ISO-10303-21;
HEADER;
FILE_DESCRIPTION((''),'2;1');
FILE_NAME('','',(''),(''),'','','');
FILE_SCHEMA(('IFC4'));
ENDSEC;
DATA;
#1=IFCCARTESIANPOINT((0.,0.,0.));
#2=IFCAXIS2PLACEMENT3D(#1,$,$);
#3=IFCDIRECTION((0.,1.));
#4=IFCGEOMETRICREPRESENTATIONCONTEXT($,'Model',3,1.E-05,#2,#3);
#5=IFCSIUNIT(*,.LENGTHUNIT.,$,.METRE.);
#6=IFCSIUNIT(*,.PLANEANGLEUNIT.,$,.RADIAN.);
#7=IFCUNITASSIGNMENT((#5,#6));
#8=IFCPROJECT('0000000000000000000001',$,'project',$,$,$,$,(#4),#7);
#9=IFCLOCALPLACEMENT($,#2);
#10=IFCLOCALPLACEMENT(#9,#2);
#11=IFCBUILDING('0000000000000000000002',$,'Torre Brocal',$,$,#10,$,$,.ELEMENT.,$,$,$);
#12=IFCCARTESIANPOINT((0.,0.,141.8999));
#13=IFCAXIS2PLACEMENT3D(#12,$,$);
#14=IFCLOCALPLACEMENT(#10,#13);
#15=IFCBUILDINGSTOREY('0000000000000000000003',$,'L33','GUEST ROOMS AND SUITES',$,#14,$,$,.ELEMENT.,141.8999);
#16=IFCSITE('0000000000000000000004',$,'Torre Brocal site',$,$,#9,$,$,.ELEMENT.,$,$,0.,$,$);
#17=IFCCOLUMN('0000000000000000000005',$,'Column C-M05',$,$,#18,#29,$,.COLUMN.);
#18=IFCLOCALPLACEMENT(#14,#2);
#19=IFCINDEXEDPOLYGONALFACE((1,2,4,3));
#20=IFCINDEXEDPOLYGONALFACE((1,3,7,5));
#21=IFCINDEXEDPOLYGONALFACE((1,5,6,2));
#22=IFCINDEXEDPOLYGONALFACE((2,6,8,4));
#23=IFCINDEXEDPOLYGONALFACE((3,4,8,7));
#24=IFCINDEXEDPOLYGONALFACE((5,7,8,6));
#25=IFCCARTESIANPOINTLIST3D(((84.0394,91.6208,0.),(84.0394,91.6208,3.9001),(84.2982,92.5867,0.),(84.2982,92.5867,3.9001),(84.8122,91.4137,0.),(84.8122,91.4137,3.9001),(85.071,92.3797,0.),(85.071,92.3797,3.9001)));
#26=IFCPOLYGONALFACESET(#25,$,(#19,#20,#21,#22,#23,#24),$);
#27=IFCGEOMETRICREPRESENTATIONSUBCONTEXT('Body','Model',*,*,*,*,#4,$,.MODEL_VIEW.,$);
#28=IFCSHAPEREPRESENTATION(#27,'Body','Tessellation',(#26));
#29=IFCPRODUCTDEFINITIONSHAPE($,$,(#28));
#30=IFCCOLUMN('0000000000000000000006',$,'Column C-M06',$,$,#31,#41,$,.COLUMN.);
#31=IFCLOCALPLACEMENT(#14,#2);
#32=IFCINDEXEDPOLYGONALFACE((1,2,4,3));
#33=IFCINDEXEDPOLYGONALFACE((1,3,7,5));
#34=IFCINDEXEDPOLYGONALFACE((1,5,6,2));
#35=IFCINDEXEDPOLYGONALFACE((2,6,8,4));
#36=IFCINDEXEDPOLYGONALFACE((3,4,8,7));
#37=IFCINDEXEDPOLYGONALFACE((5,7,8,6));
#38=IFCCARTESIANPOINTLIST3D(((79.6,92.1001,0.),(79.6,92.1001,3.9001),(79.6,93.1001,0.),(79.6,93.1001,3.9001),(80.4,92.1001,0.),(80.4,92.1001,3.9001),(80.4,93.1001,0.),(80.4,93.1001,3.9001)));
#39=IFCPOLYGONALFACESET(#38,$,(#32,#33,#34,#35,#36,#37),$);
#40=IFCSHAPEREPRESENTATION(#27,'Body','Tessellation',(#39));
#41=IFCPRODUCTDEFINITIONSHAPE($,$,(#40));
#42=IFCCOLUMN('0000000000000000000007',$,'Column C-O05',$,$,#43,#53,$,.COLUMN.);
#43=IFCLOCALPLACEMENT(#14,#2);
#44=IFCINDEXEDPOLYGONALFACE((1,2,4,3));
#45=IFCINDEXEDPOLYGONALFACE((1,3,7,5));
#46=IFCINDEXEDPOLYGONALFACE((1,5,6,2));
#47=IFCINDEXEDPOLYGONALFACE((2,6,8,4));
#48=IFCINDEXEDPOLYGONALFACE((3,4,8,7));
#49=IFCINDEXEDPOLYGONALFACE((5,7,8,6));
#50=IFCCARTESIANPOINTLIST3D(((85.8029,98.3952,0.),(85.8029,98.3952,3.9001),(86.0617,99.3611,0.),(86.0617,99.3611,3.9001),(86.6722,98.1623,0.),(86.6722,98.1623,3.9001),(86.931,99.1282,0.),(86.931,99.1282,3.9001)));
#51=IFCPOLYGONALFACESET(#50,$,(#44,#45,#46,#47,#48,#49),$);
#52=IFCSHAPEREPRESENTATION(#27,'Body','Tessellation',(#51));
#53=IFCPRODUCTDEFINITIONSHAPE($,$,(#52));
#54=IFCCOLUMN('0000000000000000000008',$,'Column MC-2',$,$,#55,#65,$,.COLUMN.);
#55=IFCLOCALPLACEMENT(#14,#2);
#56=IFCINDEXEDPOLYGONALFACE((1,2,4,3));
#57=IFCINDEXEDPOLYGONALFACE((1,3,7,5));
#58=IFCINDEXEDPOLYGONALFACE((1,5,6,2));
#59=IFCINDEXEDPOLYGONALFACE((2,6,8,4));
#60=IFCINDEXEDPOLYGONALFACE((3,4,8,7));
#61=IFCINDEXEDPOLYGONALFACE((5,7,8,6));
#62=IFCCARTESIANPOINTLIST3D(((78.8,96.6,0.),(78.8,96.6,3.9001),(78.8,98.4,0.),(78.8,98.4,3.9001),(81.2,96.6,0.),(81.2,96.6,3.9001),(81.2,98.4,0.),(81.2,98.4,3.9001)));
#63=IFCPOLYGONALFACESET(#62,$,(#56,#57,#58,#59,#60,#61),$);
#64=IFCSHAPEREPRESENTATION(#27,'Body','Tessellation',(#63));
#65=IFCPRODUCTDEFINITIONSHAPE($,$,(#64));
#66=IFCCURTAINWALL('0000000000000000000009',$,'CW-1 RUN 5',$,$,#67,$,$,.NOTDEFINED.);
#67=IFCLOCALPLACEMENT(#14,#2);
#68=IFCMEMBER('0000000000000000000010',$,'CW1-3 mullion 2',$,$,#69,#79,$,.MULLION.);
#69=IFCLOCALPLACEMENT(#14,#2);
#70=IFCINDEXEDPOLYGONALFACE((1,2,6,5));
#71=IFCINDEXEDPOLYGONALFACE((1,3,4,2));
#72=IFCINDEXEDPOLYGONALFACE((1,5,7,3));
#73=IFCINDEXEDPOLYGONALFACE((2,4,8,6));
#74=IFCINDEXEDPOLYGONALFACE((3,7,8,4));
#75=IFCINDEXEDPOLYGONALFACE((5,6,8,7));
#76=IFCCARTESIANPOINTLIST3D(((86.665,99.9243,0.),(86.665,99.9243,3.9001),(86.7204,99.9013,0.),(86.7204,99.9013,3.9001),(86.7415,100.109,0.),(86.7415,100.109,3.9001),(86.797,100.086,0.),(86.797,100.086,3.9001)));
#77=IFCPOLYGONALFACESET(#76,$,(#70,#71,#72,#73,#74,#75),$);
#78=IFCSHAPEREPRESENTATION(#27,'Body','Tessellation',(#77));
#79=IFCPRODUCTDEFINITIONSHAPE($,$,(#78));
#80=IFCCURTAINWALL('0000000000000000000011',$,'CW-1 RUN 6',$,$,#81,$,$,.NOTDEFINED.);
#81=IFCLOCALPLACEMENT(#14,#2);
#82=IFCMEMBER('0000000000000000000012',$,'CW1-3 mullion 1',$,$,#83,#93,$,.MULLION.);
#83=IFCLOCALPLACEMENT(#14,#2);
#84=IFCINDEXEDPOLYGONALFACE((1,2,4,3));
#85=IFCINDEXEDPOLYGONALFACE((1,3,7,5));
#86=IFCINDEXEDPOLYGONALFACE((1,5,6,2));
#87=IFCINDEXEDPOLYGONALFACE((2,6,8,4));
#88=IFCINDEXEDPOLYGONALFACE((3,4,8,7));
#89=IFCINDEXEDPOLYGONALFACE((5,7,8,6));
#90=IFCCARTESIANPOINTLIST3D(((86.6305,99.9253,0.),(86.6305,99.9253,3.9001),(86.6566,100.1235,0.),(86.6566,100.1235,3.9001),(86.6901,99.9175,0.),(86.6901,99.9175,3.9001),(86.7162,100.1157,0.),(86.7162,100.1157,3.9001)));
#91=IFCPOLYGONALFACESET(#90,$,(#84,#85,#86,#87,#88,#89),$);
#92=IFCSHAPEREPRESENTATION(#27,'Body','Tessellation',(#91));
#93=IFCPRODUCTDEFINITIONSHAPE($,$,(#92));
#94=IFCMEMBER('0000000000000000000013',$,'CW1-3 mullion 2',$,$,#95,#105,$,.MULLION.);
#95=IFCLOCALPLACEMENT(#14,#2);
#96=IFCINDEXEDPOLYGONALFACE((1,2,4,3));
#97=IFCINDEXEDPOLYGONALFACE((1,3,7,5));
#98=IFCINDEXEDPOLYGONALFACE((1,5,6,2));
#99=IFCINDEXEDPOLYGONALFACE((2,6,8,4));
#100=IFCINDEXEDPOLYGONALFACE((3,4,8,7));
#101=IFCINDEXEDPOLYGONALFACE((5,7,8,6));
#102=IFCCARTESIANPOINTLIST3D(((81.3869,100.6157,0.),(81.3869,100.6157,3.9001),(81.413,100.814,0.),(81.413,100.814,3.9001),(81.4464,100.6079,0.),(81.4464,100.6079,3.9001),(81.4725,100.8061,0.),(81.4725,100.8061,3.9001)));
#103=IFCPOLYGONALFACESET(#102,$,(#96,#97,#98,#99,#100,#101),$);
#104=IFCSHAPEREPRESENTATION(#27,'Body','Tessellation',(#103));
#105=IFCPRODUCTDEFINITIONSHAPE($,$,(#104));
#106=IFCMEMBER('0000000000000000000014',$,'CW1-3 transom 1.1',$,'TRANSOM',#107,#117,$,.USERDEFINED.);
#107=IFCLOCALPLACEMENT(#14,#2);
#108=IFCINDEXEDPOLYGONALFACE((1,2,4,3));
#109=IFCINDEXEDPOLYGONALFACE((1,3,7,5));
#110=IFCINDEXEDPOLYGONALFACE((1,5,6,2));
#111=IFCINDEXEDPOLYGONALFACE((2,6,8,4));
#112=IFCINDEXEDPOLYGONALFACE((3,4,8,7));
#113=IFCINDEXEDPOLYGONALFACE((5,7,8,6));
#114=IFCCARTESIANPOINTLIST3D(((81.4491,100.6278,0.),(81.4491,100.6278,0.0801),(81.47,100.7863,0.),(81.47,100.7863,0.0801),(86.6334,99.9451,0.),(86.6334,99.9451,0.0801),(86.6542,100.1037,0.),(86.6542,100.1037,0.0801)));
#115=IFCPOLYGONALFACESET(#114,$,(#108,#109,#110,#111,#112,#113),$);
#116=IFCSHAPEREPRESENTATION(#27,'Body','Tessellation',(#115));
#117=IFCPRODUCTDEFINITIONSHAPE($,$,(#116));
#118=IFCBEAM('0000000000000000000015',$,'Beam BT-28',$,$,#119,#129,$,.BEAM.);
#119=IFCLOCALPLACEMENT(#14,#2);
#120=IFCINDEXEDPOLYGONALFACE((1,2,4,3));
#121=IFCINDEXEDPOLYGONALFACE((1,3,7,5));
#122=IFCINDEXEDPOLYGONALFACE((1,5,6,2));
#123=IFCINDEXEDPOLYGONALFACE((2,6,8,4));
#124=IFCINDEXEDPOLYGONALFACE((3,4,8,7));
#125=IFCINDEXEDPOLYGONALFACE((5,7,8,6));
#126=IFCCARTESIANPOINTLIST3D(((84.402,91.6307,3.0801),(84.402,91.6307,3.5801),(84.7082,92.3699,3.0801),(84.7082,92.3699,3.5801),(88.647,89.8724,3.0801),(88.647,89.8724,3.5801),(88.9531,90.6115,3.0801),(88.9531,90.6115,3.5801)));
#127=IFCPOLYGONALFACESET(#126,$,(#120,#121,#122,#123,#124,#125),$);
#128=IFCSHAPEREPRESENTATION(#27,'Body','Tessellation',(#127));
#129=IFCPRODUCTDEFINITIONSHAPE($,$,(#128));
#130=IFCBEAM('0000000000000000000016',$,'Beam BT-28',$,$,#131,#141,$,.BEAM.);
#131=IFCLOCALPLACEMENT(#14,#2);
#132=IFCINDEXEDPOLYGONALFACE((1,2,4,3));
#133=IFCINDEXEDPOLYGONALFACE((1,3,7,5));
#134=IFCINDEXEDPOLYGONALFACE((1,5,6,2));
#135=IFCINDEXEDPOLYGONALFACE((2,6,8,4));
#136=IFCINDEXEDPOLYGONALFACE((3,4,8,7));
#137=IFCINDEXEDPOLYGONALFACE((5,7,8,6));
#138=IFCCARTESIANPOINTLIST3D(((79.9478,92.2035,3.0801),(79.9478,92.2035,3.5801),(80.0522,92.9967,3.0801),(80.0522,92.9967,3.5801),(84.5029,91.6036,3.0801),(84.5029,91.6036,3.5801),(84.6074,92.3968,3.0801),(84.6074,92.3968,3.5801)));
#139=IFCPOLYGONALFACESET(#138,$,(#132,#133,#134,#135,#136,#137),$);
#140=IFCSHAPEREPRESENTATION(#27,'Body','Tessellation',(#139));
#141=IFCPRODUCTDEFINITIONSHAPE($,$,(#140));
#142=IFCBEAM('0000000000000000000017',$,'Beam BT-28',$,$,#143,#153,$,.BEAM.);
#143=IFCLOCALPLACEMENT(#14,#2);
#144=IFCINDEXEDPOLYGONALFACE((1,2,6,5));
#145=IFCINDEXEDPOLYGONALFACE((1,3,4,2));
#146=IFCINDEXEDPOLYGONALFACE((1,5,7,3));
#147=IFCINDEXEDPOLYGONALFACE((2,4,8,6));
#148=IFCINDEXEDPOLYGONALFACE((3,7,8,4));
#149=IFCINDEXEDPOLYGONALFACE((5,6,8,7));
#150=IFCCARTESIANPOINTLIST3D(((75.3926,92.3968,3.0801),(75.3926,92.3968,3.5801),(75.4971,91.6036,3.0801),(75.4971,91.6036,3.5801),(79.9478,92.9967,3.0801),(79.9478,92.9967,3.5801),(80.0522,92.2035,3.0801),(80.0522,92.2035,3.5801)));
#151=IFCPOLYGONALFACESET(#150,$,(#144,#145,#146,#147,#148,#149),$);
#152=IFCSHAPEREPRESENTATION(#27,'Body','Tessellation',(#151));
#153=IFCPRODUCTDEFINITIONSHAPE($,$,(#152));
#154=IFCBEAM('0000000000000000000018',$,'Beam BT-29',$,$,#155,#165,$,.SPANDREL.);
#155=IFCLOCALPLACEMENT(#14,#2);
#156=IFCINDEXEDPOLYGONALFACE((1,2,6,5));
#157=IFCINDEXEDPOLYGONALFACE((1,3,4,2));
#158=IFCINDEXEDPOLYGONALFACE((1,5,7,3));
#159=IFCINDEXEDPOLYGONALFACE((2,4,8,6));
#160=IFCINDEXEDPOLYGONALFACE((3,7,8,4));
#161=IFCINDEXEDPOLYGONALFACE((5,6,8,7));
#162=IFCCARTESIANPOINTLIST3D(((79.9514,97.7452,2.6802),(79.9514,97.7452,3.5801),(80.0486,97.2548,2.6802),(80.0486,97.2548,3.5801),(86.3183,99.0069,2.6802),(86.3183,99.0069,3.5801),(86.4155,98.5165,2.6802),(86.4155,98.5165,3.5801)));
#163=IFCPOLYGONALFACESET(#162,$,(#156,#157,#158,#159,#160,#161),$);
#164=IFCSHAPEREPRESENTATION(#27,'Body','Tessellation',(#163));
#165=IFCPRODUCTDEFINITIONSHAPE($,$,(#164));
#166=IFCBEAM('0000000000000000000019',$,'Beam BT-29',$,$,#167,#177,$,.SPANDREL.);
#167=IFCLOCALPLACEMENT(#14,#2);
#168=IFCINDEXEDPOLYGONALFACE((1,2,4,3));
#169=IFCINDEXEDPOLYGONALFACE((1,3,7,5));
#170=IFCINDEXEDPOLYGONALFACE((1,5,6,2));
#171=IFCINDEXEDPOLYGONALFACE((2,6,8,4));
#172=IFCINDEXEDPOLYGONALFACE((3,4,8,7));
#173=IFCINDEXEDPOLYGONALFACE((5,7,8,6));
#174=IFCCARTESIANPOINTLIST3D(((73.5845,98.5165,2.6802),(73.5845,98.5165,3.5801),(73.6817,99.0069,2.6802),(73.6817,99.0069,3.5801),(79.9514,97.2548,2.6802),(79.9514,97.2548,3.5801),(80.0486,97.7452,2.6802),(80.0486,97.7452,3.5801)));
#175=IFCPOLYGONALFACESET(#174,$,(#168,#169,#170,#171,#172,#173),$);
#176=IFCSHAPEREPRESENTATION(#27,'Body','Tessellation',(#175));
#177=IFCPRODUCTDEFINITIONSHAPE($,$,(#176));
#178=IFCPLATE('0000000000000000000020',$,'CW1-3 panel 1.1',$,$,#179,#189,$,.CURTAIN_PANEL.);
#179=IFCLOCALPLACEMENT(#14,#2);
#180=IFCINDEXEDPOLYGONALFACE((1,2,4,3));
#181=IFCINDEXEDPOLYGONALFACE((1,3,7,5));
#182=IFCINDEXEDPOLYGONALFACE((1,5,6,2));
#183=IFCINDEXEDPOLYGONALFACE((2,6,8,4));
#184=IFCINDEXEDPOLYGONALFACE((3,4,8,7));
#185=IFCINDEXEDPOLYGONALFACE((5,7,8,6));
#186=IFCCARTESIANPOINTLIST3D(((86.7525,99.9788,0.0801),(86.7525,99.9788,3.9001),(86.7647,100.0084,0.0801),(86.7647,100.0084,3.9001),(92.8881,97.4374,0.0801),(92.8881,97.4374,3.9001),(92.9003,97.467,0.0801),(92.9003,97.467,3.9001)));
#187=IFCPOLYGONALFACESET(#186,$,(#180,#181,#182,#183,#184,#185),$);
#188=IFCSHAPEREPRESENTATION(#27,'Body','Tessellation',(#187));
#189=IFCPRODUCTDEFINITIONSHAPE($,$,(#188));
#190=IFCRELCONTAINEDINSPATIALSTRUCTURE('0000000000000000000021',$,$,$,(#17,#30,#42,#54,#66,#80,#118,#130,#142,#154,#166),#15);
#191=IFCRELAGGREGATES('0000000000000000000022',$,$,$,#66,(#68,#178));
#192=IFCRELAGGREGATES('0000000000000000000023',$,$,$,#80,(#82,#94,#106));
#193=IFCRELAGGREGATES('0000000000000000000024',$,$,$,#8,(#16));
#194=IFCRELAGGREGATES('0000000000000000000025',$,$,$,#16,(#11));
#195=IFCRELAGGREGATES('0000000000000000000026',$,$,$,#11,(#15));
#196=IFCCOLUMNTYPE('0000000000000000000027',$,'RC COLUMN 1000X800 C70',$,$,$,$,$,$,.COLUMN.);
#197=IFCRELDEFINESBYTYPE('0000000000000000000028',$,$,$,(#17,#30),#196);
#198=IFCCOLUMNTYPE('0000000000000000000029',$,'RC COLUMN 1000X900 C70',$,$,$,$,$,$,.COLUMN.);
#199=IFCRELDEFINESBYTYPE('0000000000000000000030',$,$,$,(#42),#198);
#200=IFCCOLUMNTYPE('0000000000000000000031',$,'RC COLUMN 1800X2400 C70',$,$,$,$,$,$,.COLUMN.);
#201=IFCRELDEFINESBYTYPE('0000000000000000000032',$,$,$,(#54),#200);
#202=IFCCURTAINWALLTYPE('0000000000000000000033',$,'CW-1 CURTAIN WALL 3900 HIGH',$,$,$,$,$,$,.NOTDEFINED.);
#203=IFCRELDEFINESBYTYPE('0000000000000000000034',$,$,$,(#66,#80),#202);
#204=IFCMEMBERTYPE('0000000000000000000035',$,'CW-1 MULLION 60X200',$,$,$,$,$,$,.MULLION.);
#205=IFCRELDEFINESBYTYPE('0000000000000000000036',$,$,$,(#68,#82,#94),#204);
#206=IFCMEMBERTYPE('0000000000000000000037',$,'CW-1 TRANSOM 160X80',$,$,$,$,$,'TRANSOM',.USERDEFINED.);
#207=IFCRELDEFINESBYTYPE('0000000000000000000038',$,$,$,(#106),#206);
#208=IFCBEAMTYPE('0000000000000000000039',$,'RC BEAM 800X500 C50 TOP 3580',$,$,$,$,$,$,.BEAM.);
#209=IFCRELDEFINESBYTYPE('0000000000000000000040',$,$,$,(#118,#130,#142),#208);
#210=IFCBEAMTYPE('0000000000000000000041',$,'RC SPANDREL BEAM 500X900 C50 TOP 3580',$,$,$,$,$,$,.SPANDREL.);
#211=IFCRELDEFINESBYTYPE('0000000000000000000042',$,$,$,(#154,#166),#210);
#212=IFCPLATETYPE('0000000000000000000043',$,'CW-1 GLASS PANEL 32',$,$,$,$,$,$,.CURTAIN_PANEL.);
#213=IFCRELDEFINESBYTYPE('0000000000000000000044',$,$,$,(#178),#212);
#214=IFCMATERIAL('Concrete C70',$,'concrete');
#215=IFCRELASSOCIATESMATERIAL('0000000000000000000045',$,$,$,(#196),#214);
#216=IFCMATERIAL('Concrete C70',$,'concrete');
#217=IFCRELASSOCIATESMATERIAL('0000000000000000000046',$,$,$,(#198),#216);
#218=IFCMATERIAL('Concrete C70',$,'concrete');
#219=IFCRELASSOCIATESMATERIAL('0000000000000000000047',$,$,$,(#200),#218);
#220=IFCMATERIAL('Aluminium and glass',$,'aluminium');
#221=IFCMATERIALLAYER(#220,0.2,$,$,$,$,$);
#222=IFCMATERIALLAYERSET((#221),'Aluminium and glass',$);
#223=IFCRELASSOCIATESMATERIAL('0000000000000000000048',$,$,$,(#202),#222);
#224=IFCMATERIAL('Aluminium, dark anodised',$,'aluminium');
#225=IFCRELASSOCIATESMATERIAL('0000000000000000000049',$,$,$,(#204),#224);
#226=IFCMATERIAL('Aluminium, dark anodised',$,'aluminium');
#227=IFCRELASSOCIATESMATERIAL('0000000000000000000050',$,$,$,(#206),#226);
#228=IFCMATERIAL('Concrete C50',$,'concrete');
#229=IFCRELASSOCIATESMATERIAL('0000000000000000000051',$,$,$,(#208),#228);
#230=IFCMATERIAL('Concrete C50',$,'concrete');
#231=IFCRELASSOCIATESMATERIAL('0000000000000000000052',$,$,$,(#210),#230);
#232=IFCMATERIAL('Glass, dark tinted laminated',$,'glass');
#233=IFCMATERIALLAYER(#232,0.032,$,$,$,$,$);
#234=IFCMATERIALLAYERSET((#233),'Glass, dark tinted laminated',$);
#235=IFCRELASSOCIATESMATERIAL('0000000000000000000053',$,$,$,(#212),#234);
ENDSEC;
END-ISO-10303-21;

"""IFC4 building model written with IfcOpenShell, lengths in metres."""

from ifc_helpers import new_model, si_unit, direction, frame, origin, origin_2d, place, context, subcontext, project, spatial, rectangle, extrude, material, layer, layer_set, material_profile, profile_set, type_object, element, aggregate, save


model = new_model("IFC4")

# Units and contexts
model_context = context("Model", 3, precision=1e-05, world=origin(), true_north=direction((0.0, 1.0)))
body_context = subcontext(model_context, "Body", "Model", "MODEL_VIEW")
ifc_project = project(units=[si_unit("LENGTHUNIT", "METRE"), si_unit("PLANEANGLEUNIT", "RADIAN")], contexts=[model_context])

# Site, building, storey
site_placement = place(None, origin())
site = spatial("IfcSite", under=ifc_project, at=site_placement, Name="Torre Brocal site", CompositionType="ELEMENT", RefElevation=0.0)
building_placement = place(site_placement, origin())
building = spatial("IfcBuilding", under=site, at=building_placement, Name="Torre Brocal", CompositionType="ELEMENT")
storey_placement = place(building_placement, frame((0.0, 0.0, 141.8999)))
storey = spatial("IfcBuildingStorey", under=building, at=storey_placement, Name="L33", Description="GUEST ROOMS AND SUITES", CompositionType="ELEMENT", Elevation=141.8999)

# Columns
ifc_material_1 = material(Name="Concrete C70", Category="concrete")
ifc_material_profile_1 = material_profile(ifc_material_1, rectangle(XDim=1.0, YDim=0.8, at=origin_2d()), Name="RC 1000X800")
ifc_profile_set_1 = profile_set([ifc_material_profile_1], Name="Concrete C70")
column_type_1 = type_object("IfcColumnType", Name="RC COLUMN 1000X800 C70", PredefinedType="COLUMN", material=ifc_profile_set_1)
for number, where, z_axis, x_axis, name in (
    (1, (84.5552, 92.0002, 0.0), (0.0, 0.0, 1.0), (0.258819, 0.965926, 0.0), "Column C-M05"),
    (2, (80.0, 92.6001, 0.0), (0.0, 0.0, 1.0), (0.0, 1.0, 0.0), "Column C-M06"),
):
    element("IfcColumn", number, at=place(storey_placement, frame(where, z_axis=z_axis, x_axis=x_axis)), inside=storey, type_object=column_type_1, Name=name, PredefinedType="COLUMN", context=body_context, shape_type="SweptSolid", body=[
        extrude(rectangle(XDim=1.0, YDim=0.8, at=origin_2d()), origin(), (0.0, 0.0, 1.0), 3.9001),
    ])
ifc_material_2 = material(Name="Concrete C70", Category="concrete")
ifc_material_profile_2 = material_profile(ifc_material_2, rectangle(XDim=1.0, YDim=0.8999, at=origin_2d()), Name="RC 1000X900")
ifc_profile_set_2 = profile_set([ifc_material_profile_2], Name="Concrete C70")
column_type_2 = type_object("IfcColumnType", Name="RC COLUMN 1000X900 C70", PredefinedType="COLUMN", material=ifc_profile_set_2)
column_1_placement = place(storey_placement, frame((86.3669, 98.7617, 0.0), z_axis=(0.0, 0.0, 1.0), x_axis=(0.258819, 0.965926, 0.0)))
element("IfcColumn", 3, at=column_1_placement, inside=storey, type_object=column_type_2, Name="Column C-O05", PredefinedType="COLUMN", context=body_context, shape_type="SweptSolid", body=[
    extrude(rectangle(XDim=1.0, YDim=0.8999, at=origin_2d()), origin(), (0.0, 0.0, 1.0), 3.9001),
])
ifc_material_3 = material(Name="Concrete C70", Category="concrete")
ifc_material_profile_3 = material_profile(ifc_material_3, rectangle(XDim=1.8, YDim=2.3999, at=origin_2d()), Name="RC 1800X2400")
ifc_profile_set_3 = profile_set([ifc_material_profile_3], Name="Concrete C70")
column_type_3 = type_object("IfcColumnType", Name="RC COLUMN 1800X2400 C70", PredefinedType="COLUMN", material=ifc_profile_set_3)
column_2_placement = place(storey_placement, frame((80.0, 97.5, 0.0), z_axis=(0.0, 0.0, 1.0), x_axis=(0.0, 1.0, 0.0)))
element("IfcColumn", 4, at=column_2_placement, inside=storey, type_object=column_type_3, Name="Column MC-2", PredefinedType="COLUMN", context=body_context, shape_type="SweptSolid", body=[
    extrude(rectangle(XDim=1.8, YDim=2.3999, at=origin_2d()), origin(), (0.0, 0.0, 1.0), 3.9001),
])

# Curtain wall, member
ifc_material_4 = material(Name="Aluminium and glass", Category="aluminium")
ifc_layer_1 = layer(ifc_material_4, 0.2)
ifc_layer_set_1 = layer_set([ifc_layer_1], Name="Aluminium and glass")
curtain_wall_type = type_object("IfcCurtainWallType", Name="CW-1 CURTAIN WALL 3900 HIGH", PredefinedType="NOTDEFINED", material=ifc_layer_set_1)
curtain_wall_1_placement = place(storey_placement, origin())
curtain_wall_1 = element("IfcCurtainWall", 5, at=curtain_wall_1_placement, inside=storey, type_object=curtain_wall_type, Name="CW-1 RUN 5", PredefinedType="NOTDEFINED")
ifc_material_5 = material(Name="Aluminium, dark anodised", Category="aluminium")
ifc_material_profile_4 = material_profile(ifc_material_5, rectangle(XDim=0.2, YDim=0.0601, at=origin_2d()), Name="CW-1 MULLION 60X200")
ifc_profile_set_4 = profile_set([ifc_material_profile_4], Name="Aluminium, dark anodised")
member_type_1 = type_object("IfcMemberType", Name="CW-1 MULLION 60X200", PredefinedType="MULLION", material=ifc_profile_set_4)
member_1_placement = place(storey_placement, frame((86.731, 100.0051, 0.0), z_axis=(0.0, 0.0, 1.0), x_axis=(-0.382683, -0.92388, 0.0)))
member_1 = element("IfcMember", 6, at=member_1_placement, type_object=member_type_1, Name="CW1-3 mullion 2", PredefinedType="MULLION", context=body_context, shape_type="SweptSolid", body=[
    extrude(rectangle(XDim=0.2, YDim=0.0601, at=origin_2d()), origin(), (0.0, 0.0, 1.0), 3.9001),
])

# Curtain wall, members
curtain_wall_2_placement = place(storey_placement, origin())
curtain_wall_2 = element("IfcCurtainWall", 7, at=curtain_wall_2_placement, inside=storey, type_object=curtain_wall_type, Name="CW-1 RUN 6", PredefinedType="NOTDEFINED")
member_2_placement = place(storey_placement, frame((86.6733, 100.0205, 0.0), z_axis=(0.0, 0.0, 1.0), x_axis=(-0.130526, -0.991445, 0.0)))
member_2 = element("IfcMember", 8, at=member_2_placement, type_object=member_type_1, Name="CW1-3 mullion 1", PredefinedType="MULLION", context=body_context, shape_type="SweptSolid", body=[
    extrude(rectangle(XDim=0.2, YDim=0.0601, at=origin_2d()), origin(), (0.0, 0.0, 1.0), 3.9001),
])
member_3_placement = place(storey_placement, frame((81.4297, 100.7109, 0.0), z_axis=(0.0, 0.0, 1.0), x_axis=(-0.130526, -0.991445, 0.0)))
member_3 = element("IfcMember", 9, at=member_3_placement, type_object=member_type_1, Name="CW1-3 mullion 2", PredefinedType="MULLION", context=body_context, shape_type="SweptSolid", body=[
    extrude(rectangle(XDim=0.2, YDim=0.0601, at=origin_2d()), origin(), (0.0, 0.0, 1.0), 3.9001),
])
ifc_material_6 = material(Name="Aluminium, dark anodised", Category="aluminium")
ifc_material_profile_5 = material_profile(ifc_material_6, rectangle(XDim=0.1599, YDim=0.0801, at=origin_2d()), Name="CW-1 TRANSOM 160X80")
ifc_profile_set_5 = profile_set([ifc_material_profile_5], Name="Aluminium, dark anodised")
member_type_2 = type_object("IfcMemberType", Name="CW-1 TRANSOM 160X80", ElementType="TRANSOM", PredefinedType="USERDEFINED", material=ifc_profile_set_5)
member_4_placement = place(storey_placement, frame((86.6438, 100.0244, 0.04), z_axis=(-0.991443, 0.130543, 0.0), x_axis=(-0.130543, -0.991443, 0.0)))
member_4 = element("IfcMember", 10, at=member_4_placement, type_object=member_type_2, Name="CW1-3 transom 1.1", ObjectType="TRANSOM", PredefinedType="USERDEFINED", context=body_context, shape_type="SweptSolid", body=[
    extrude(rectangle(XDim=0.1599, YDim=0.0801, at=origin_2d()), origin(), (0.0, 0.0, 1.0), 5.229),
])

# Beams
ifc_material_7 = material(Name="Concrete C50", Category="concrete")
ifc_material_profile_6 = material_profile(ifc_material_7, rectangle(XDim=0.8, YDim=0.5, at=origin_2d()), Name="RC 800X500")
ifc_profile_set_6 = profile_set([ifc_material_profile_6], Name="Concrete C50")
beam_type_1 = type_object("IfcBeamType", Name="RC BEAM 800X500 C50 TOP 3580", PredefinedType="BEAM", material=ifc_profile_set_6)
beam_placement = place(storey_placement, frame((88.8, 90.2419, 3.3301), z_axis=(-0.923878, 0.382687, 0.0), x_axis=(-0.382687, -0.923878, 0.0)))
element("IfcBeam", 11, at=beam_placement, inside=storey, type_object=beam_type_1, Name="Beam BT-28", PredefinedType="BEAM", context=body_context, shape_type="SweptSolid", body=[
    extrude(rectangle(XDim=0.8, YDim=0.5, at=origin_2d()), origin(), (0.0, 0.0, 1.0), 4.5947),
])
for number, where, z_axis, x_axis, name in (
    (12, (84.5552, 92.0002, 3.3301), (-0.991441, 0.130559, 0.0), (-0.130559, -0.991441, 0.0), "Beam BT-28"),
    (13, (80.0, 92.6001, 3.3301), (-0.991441, -0.130559, 0.0), (0.130559, -0.991441, 0.0), "Beam BT-28"),
):
    element("IfcBeam", number, at=place(storey_placement, frame(where, z_axis=z_axis, x_axis=x_axis)), inside=storey, type_object=beam_type_1, Name=name, PredefinedType="BEAM", context=body_context, shape_type="SweptSolid", body=[
        extrude(rectangle(XDim=0.8, YDim=0.5, at=origin_2d()), origin(), (0.0, 0.0, 1.0), 4.5945),
    ])
ifc_material_8 = material(Name="Concrete C50", Category="concrete")
ifc_material_profile_7 = material_profile(ifc_material_8, rectangle(XDim=0.5, YDim=0.8999, at=origin_2d()), Name="RC 500X900")
ifc_profile_set_7 = profile_set([ifc_material_profile_7], Name="Concrete C50")
beam_type_2 = type_object("IfcBeamType", Name="RC SPANDREL BEAM 500X900 C50 TOP 3580", PredefinedType="SPANDREL", material=ifc_profile_set_7)
for number, where, z_axis, x_axis, name in (
    (14, (86.3669, 98.7617, 3.1301), (-0.980925, -0.194387, 0.0), (0.194387, -0.980925, 0.0), "Beam BT-29"),
    (15, (80.0, 97.5, 3.1301), (-0.980925, 0.194387, 0.0), (-0.194387, -0.980925, 0.0), "Beam BT-29"),
):
    element("IfcBeam", number, at=place(storey_placement, frame(where, z_axis=z_axis, x_axis=x_axis)), inside=storey, type_object=beam_type_2, Name=name, PredefinedType="SPANDREL", context=body_context, shape_type="SweptSolid", body=[
        extrude(rectangle(XDim=0.5, YDim=0.8999, at=origin_2d()), origin(), (0.0, 0.0, 1.0), 6.4907),
    ])

# Plate
ifc_material_9 = material(Name="Glass, dark tinted laminated", Category="glass")
ifc_layer_2 = layer(ifc_material_9, 0.032)
ifc_layer_set_2 = layer_set([ifc_layer_2], Name="Glass, dark tinted laminated")
plate_type = type_object("IfcPlateType", Name="CW-1 GLASS PANEL 32", PredefinedType="CURTAIN_PANEL", material=ifc_layer_set_2)
plate_1_placement = place(storey_placement, frame((89.8264, 98.7229, 0.0801), z_axis=(0.0, 0.0, 1.0), x_axis=(-0.92388, 0.382683, 0.0)))
plate_1 = element("IfcPlate", 16, at=plate_1_placement, type_object=plate_type, Name="CW1-3 panel 1.1", PredefinedType="CURTAIN_PANEL", context=body_context, shape_type="SweptSolid", body=[
    extrude(rectangle(XDim=6.6411, YDim=0.032, at=origin_2d()), origin(), (0.0, 0.0, 1.0), 3.8201),
])
aggregate(curtain_wall_1, [member_1, plate_1])
aggregate(curtain_wall_2, [member_2, member_3, member_4])

save(model, "model.ifc")
